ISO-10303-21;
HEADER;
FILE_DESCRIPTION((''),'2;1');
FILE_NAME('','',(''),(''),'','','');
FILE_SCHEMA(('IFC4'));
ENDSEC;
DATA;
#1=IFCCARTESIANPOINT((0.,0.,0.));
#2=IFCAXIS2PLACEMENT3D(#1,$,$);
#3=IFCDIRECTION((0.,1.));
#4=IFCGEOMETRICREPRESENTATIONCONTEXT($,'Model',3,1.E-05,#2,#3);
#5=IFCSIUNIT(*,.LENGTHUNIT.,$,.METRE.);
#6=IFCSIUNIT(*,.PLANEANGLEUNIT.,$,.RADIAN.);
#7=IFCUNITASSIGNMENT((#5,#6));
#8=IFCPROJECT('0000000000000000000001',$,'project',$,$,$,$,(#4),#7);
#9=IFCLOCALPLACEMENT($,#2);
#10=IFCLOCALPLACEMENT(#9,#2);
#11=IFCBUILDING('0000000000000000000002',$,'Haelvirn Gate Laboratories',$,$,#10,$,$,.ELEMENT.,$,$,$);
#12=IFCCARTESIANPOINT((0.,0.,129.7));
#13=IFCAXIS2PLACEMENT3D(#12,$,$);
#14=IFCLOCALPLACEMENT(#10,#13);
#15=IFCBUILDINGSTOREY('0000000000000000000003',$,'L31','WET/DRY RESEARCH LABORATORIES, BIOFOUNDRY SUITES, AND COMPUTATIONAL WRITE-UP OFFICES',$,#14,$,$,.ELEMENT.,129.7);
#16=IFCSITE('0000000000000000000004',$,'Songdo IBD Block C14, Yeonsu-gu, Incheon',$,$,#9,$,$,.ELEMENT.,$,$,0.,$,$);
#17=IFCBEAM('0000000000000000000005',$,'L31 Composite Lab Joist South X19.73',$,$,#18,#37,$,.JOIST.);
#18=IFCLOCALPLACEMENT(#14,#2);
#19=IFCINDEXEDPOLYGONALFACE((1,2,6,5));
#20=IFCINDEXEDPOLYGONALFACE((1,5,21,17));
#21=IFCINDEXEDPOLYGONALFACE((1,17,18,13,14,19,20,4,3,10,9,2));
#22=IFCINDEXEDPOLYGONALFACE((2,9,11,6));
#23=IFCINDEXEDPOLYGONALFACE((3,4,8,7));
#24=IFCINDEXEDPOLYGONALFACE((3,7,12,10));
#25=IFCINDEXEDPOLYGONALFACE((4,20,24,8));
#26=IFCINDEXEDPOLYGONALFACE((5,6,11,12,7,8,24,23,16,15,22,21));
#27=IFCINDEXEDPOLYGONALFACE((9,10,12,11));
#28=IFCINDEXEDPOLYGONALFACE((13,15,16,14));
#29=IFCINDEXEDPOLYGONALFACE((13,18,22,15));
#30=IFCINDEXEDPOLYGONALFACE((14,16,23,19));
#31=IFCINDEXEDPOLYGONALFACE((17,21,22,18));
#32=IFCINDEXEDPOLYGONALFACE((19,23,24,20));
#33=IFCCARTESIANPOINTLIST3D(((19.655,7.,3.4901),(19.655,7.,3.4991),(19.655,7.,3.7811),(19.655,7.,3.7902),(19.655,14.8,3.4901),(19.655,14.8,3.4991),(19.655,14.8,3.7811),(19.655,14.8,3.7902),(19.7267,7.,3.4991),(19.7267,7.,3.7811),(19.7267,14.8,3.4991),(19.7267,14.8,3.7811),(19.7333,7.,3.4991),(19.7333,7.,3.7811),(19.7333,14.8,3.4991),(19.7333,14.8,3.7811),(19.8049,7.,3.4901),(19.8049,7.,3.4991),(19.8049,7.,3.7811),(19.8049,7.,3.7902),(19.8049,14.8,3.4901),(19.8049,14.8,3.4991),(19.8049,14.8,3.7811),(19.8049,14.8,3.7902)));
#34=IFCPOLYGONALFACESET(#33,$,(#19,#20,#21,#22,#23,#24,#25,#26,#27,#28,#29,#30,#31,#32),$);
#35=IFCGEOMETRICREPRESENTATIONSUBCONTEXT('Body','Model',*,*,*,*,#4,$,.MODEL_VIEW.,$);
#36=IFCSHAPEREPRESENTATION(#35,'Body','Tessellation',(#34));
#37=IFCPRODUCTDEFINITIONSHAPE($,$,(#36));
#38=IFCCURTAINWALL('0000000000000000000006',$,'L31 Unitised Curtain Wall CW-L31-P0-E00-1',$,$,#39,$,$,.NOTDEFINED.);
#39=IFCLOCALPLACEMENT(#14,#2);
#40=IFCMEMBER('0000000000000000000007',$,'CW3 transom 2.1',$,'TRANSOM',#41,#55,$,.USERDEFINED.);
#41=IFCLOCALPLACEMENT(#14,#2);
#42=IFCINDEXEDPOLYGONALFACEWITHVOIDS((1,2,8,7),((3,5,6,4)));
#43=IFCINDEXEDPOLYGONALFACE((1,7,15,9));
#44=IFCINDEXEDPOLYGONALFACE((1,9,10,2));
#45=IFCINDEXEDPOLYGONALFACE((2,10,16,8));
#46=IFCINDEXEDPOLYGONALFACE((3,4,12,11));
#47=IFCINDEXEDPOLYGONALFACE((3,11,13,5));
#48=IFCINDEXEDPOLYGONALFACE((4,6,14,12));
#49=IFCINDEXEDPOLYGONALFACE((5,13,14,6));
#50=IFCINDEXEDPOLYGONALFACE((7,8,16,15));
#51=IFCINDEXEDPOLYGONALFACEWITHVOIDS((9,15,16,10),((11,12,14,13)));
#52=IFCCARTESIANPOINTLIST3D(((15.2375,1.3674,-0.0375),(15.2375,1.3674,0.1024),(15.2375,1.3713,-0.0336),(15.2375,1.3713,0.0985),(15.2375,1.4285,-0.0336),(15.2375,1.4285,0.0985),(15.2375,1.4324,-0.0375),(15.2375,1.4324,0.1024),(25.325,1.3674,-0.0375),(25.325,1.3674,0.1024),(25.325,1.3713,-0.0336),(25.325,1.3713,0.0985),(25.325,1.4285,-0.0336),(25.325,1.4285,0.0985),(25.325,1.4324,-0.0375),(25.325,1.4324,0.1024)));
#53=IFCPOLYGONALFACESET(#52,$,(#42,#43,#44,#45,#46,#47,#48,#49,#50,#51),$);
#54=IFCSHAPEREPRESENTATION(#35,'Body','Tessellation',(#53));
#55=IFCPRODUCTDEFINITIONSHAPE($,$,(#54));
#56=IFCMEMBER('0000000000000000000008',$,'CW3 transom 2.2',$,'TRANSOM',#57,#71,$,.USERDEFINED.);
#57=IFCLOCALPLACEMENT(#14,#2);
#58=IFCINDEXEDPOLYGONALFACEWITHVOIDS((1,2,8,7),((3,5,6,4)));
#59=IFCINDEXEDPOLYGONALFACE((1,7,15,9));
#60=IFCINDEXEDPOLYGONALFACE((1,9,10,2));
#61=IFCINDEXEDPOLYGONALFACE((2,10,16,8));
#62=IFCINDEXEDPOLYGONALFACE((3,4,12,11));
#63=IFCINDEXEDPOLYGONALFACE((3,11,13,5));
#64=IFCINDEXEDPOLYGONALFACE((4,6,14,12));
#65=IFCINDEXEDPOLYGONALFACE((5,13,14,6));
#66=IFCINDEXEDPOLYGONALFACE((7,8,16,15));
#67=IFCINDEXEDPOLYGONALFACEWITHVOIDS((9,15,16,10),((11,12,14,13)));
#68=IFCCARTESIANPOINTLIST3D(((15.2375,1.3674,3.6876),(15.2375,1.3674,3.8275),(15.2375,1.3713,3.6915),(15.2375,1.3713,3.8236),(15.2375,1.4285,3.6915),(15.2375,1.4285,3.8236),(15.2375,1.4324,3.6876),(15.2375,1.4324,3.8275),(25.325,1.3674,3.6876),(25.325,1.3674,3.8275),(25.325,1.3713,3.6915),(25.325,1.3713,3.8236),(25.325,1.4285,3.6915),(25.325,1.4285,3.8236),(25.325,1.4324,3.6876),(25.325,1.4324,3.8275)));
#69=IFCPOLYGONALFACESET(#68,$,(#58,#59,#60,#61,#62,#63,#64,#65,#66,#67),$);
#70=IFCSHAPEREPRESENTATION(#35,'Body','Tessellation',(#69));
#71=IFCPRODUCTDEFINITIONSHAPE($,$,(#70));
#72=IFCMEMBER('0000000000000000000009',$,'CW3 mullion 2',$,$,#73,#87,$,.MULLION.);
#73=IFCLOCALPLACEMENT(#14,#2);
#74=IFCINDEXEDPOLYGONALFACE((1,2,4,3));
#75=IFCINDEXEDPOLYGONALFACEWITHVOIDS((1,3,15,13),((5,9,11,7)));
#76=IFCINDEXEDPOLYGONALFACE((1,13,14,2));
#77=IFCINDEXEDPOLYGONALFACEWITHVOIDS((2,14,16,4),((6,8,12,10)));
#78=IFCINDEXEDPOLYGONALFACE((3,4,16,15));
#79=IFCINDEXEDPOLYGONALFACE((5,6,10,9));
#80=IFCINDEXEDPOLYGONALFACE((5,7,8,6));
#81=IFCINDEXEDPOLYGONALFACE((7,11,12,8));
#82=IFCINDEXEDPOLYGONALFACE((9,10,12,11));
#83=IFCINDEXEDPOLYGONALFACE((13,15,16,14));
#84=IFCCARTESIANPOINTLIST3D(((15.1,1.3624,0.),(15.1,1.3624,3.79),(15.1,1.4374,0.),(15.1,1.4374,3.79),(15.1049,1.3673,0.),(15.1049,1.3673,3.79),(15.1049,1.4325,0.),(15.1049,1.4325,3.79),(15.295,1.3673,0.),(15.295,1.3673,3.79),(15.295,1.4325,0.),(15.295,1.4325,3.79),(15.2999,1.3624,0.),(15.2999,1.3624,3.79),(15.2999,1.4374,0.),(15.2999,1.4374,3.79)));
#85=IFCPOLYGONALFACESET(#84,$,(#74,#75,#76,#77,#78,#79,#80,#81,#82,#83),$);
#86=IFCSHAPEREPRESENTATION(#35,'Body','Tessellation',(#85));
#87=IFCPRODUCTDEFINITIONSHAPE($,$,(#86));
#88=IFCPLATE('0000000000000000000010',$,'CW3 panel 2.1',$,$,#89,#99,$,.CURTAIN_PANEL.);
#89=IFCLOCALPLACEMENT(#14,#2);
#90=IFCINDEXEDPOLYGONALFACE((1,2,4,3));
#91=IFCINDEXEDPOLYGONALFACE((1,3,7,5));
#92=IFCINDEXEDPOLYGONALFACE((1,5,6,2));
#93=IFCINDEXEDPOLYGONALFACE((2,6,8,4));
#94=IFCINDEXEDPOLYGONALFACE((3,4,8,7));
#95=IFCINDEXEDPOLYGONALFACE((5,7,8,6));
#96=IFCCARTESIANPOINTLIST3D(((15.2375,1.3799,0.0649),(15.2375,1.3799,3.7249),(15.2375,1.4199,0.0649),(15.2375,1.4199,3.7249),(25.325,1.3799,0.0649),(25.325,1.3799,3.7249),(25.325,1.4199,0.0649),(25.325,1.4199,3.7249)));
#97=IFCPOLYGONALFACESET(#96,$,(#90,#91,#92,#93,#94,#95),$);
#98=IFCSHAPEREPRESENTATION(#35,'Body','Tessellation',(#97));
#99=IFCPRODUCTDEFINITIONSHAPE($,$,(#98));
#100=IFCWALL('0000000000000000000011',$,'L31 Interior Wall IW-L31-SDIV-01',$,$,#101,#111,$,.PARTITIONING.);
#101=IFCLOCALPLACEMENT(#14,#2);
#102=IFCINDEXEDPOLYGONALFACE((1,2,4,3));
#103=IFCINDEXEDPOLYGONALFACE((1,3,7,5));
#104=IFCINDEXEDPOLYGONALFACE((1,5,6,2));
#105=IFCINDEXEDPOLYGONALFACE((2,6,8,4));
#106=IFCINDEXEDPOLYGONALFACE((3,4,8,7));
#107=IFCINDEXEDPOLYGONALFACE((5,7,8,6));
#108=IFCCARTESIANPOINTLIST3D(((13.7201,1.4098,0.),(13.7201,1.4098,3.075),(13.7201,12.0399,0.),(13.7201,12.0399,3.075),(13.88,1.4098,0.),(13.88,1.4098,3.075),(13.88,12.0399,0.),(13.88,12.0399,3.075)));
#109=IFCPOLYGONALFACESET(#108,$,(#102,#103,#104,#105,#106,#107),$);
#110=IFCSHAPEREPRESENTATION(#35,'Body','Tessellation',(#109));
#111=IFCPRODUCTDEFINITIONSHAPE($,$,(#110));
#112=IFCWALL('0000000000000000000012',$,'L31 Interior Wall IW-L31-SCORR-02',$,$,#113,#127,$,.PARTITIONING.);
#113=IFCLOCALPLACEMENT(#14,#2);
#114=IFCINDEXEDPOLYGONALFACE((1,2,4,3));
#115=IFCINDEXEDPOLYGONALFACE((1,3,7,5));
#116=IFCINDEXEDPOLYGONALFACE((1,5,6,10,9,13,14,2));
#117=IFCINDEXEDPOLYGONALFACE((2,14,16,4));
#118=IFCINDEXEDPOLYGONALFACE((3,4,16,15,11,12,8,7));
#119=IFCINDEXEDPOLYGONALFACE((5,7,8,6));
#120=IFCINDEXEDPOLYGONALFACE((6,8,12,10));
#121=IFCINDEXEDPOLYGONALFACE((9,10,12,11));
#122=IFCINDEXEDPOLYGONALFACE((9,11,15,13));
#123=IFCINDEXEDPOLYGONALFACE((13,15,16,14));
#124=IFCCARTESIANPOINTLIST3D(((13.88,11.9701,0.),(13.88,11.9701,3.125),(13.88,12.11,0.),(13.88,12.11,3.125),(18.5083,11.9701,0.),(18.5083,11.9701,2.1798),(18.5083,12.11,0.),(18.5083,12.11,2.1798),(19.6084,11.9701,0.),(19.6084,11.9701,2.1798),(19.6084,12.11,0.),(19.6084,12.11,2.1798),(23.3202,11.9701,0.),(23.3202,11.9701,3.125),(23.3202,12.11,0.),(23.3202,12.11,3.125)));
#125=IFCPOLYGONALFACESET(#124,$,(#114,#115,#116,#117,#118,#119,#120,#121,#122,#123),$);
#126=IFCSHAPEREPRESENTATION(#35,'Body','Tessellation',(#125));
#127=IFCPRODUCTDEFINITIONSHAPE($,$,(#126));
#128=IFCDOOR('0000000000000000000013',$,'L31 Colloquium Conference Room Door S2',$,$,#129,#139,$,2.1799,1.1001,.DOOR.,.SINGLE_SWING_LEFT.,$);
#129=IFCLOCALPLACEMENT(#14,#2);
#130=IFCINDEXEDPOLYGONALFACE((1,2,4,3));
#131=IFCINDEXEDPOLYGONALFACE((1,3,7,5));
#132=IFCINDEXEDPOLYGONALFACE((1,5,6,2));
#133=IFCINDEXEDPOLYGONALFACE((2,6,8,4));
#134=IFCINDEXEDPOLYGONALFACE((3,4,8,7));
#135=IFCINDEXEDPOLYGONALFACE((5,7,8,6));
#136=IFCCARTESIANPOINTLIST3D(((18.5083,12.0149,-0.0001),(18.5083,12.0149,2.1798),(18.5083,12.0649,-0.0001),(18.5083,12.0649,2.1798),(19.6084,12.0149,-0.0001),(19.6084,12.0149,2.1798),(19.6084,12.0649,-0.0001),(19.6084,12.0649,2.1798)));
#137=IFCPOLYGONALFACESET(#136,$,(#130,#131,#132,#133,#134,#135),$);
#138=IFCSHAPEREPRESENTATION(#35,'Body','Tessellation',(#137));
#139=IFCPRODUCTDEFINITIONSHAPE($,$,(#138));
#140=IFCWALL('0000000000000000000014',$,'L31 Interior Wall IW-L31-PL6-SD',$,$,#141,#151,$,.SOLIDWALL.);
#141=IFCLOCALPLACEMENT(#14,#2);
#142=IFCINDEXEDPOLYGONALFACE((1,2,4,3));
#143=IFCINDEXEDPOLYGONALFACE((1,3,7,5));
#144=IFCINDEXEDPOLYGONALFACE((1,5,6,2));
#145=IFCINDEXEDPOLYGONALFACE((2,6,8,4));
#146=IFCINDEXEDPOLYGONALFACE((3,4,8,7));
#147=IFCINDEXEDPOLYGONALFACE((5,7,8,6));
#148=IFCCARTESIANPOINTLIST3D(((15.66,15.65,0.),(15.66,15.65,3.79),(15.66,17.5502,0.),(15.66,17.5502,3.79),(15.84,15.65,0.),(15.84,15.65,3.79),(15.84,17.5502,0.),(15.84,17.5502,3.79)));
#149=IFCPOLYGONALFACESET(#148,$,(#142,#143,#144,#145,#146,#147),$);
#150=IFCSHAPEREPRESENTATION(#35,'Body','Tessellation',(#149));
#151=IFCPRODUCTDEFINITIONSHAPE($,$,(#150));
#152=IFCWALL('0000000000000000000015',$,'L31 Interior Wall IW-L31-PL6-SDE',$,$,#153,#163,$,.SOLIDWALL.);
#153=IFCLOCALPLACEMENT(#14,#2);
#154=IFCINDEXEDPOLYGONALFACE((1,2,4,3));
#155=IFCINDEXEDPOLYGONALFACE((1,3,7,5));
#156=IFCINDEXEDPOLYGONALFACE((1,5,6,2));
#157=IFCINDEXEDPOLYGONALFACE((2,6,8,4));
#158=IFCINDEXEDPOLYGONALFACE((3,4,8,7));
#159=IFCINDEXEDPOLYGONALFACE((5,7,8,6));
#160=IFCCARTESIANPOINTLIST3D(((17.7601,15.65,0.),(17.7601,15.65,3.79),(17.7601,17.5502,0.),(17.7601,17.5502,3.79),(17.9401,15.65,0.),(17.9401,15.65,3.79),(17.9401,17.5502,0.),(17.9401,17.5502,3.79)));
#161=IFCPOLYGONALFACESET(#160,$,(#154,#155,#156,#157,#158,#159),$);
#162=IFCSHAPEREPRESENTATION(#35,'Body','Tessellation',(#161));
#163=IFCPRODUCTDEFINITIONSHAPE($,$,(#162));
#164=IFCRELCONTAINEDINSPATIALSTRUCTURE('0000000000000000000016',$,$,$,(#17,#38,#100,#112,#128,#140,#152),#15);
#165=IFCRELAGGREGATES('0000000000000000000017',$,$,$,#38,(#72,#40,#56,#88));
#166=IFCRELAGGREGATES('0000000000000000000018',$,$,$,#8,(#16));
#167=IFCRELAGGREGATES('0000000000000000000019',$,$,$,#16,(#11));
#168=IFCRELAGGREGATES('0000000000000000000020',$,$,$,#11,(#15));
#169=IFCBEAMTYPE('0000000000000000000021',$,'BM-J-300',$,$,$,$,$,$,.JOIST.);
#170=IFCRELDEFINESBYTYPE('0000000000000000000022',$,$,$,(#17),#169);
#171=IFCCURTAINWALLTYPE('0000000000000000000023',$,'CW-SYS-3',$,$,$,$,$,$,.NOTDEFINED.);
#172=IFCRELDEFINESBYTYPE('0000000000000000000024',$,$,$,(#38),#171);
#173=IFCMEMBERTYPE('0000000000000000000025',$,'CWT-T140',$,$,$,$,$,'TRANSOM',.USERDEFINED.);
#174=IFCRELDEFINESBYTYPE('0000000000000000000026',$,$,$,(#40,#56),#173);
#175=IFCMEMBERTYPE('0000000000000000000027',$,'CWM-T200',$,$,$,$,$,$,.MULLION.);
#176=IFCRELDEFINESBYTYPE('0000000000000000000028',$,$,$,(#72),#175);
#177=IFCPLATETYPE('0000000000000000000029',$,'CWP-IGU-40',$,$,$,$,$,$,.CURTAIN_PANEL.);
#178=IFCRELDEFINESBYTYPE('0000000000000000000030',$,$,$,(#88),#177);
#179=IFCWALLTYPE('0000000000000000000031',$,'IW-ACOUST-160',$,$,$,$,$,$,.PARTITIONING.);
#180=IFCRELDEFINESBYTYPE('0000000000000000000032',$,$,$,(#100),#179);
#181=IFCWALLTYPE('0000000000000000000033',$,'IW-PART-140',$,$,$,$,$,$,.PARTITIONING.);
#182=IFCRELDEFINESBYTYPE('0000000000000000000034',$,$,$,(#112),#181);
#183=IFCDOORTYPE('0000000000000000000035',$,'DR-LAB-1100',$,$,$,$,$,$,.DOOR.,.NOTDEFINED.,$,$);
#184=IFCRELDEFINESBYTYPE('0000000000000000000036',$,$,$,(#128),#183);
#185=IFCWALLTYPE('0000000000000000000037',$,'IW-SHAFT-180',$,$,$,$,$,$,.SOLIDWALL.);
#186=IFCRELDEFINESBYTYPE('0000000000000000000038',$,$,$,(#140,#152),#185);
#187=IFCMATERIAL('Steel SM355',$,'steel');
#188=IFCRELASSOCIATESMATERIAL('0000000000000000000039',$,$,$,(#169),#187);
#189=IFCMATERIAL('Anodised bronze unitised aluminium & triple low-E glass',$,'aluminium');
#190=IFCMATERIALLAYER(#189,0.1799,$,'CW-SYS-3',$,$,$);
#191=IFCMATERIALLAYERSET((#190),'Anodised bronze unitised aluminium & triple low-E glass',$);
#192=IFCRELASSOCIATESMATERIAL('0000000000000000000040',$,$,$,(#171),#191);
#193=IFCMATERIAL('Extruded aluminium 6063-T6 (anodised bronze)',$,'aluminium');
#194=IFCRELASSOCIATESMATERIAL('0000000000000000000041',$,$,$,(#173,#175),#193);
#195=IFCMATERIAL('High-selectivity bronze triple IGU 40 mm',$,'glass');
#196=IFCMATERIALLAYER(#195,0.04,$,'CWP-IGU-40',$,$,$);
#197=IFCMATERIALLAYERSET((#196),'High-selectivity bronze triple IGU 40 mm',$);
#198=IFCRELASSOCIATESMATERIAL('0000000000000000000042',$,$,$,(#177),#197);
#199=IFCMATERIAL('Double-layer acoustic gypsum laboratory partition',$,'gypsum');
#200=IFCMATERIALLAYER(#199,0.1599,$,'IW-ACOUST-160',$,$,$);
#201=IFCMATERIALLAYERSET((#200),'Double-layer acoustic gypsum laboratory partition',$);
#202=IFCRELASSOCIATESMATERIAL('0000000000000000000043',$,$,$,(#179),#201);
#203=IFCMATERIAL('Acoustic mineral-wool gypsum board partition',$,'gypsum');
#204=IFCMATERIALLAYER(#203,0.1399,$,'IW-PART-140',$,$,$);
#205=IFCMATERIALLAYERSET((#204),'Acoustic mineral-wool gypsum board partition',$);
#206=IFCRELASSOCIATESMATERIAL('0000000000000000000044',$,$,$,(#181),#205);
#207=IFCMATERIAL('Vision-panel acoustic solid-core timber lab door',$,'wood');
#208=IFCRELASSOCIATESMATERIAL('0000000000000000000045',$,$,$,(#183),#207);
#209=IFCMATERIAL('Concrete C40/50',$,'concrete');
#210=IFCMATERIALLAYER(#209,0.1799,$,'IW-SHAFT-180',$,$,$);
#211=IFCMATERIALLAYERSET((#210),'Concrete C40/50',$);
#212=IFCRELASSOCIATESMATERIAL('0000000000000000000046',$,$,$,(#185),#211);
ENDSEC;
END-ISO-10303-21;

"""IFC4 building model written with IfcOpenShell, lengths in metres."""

from ifc_helpers import new_model, si_unit, direction, frame, frame_2d, origin, origin_2d, place, context, subcontext, project, spatial, rectangle, hollow_rectangle, i_section, extrude, source, transform, mapped, material, layer, layer_set, material_profile, profile_set, type_object, type_shapes, element, fill, aggregate, save


model = new_model("IFC4")

# Units and contexts
model_context = context("Model", 3, precision=1e-05, world=origin(), true_north=direction((0.0, 1.0)))
body_context = subcontext(model_context, "Body", "Model", "MODEL_VIEW")
ifc_project = project(units=[si_unit("LENGTHUNIT", "METRE"), si_unit("PLANEANGLEUNIT", "RADIAN")], contexts=[model_context])

# Site, building, storey
site_placement = place(None, origin())
site = spatial("IfcSite", under=ifc_project, at=site_placement, Name="Songdo IBD Block C14, Yeonsu-gu, Incheon", CompositionType="ELEMENT", RefElevation=0.0)
building_placement = place(site_placement, origin())
building = spatial("IfcBuilding", under=site, at=building_placement, Name="Haelvirn Gate Laboratories", CompositionType="ELEMENT")
storey_placement = place(building_placement, frame((0.0, 0.0, 129.7)))
storey = spatial("IfcBuildingStorey", under=building, at=storey_placement, Name="L31", Description="WET/DRY RESEARCH LABORATORIES, BIOFOUNDRY SUITES, AND COMPUTATIONAL WRITE-UP OFFICES", CompositionType="ELEMENT", Elevation=129.7)

# Beam
ifc_material_1 = material(Name="Steel SM355", Category="steel")
ifc_material_profile_1 = material_profile(ifc_material_1, i_section(OverallWidth=0.1499, OverallDepth=0.3, WebThickness=0.0066, FlangeThickness=0.009, at=origin_2d()), Name="H-300x150x6.5x9")
ifc_profile_set_1 = profile_set([ifc_material_profile_1], Name="Steel SM355")
beam_type_1 = type_object("IfcBeamType", Name="BM-J-300", PredefinedType="JOIST", material=ifc_profile_set_1)
shared_shape_1 = source(origin(), body_context, "Body", "SweptSolid", [
    extrude(i_section(OverallWidth=0.1499, OverallDepth=0.3, WebThickness=0.0066, FlangeThickness=0.009, at=origin_2d()), origin(), (0.0, 0.0, 1.0), 7.8),
])
type_shapes(beam_type_1, [shared_shape_1])
for number, where, z_axis, x_axis, name in (
    (1, (19.73, 7.0, 3.6401), (0.0, 1.0, 0.0), (-1.0, 0.0, 0.0), "L31 Composite Lab Joist South X19.73"),
):
    element("IfcBeam", number, at=place(storey_placement, frame(where, z_axis=z_axis, x_axis=x_axis)), inside=storey, type_object=beam_type_1, Name=name, PredefinedType="JOIST", context=body_context, shape_type="MappedRepresentation", body=[
        mapped(shared_shape_1, transform((0.0, 0.0, 0.0), scale=1.0)),
    ])

# Curtain wall, members, plate
ifc_material_2 = material(Name="Anodised bronze unitised aluminium & triple low-E glass", Category="aluminium")
ifc_layer_1 = layer(ifc_material_2, 0.1799, Name="CW-SYS-3")
ifc_layer_set_1 = layer_set([ifc_layer_1], Name="Anodised bronze unitised aluminium & triple low-E glass")
curtain_wall_type = type_object("IfcCurtainWallType", Name="CW-SYS-3", PredefinedType="NOTDEFINED", material=ifc_layer_set_1)
curtain_wall_placement = place(storey_placement, origin())
curtain_wall = element("IfcCurtainWall", 2, at=curtain_wall_placement, inside=storey, type_object=curtain_wall_type, Name="L31 Unitised Curtain Wall CW-L31-P0-E00-1", PredefinedType="NOTDEFINED")
ifc_material_3 = material(Name="Extruded aluminium 6063-T6 (anodised bronze)", Category="aluminium")
ifc_material_profile_2 = material_profile(ifc_material_3, hollow_rectangle(XDim=0.0649, YDim=0.1399, WallThickness=0.0039, at=origin_2d()), Name="CWT-140x65x4")
ifc_profile_set_2 = profile_set([ifc_material_profile_2], Name="Extruded aluminium 6063-T6 (anodised bronze)")
member_type_1 = type_object("IfcMemberType", Name="CWT-T140", ElementType="TRANSOM", PredefinedType="USERDEFINED", material=ifc_profile_set_2)
shared_shape_2 = source(origin(), body_context, "Body", "SweptSolid", [
    extrude(hollow_rectangle(XDim=0.0649, YDim=0.1399, WallThickness=0.0039, at=origin_2d()), origin(), (0.0, 0.0, 1.0), 10.0874),
])
type_shapes(member_type_1, [shared_shape_2])
member_1_placement = place(storey_placement, frame((15.2375, 1.3999, 0.0325), z_axis=(1.0, 0.0, 0.0), x_axis=(0.0, 1.0, 0.0)))
member_1 = element("IfcMember", 3, at=member_1_placement, type_object=member_type_1, Name="CW3 transom 2.1", ObjectType="TRANSOM", PredefinedType="USERDEFINED", context=body_context, shape_type="MappedRepresentation", body=[
    mapped(shared_shape_2, transform((0.0, 0.0, 0.0), scale=1.0)),
])
member_2_placement = place(storey_placement, frame((15.2375, 1.3999, 3.7576), z_axis=(1.0, 0.0, 0.0), x_axis=(0.0, 1.0, 0.0)))
member_2 = element("IfcMember", 4, at=member_2_placement, type_object=member_type_1, Name="CW3 transom 2.2", ObjectType="TRANSOM", PredefinedType="USERDEFINED", context=body_context, shape_type="MappedRepresentation", body=[
    mapped(shared_shape_2, transform((0.0, 0.0, 0.0), scale=1.0)),
])
ifc_material_profile_3 = material_profile(ifc_material_3, hollow_rectangle(XDim=0.075, YDim=0.2, WallThickness=0.0049, at=origin_2d()), Name="CWM-200x75x5")
ifc_profile_set_3 = profile_set([ifc_material_profile_3], Name="Extruded aluminium 6063-T6 (anodised bronze)")
member_type_2 = type_object("IfcMemberType", Name="CWM-T200", PredefinedType="MULLION", material=ifc_profile_set_3)
shared_shape_3 = source(origin(), body_context, "Body", "SweptSolid", [
    extrude(hollow_rectangle(XDim=0.075, YDim=0.2, WallThickness=0.0049, at=origin_2d()), origin(), (0.0, 0.0, 1.0), 3.79),
])
type_shapes(member_type_2, [shared_shape_3])
member_3_placement = place(storey_placement, frame((15.2, 1.3999, 0.0), z_axis=(0.0, 0.0, 1.0), x_axis=(0.0, 1.0, 0.0)))
member_3 = element("IfcMember", 5, at=member_3_placement, type_object=member_type_2, Name="CW3 mullion 2", PredefinedType="MULLION", context=body_context, shape_type="MappedRepresentation", body=[
    mapped(shared_shape_3, transform((0.0, 0.0, 0.0), scale=1.0)),
])
ifc_material_4 = material(Name="High-selectivity bronze triple IGU 40 mm", Category="glass")
ifc_layer_2 = layer(ifc_material_4, 0.04, Name="CWP-IGU-40")
ifc_layer_set_2 = layer_set([ifc_layer_2], Name="High-selectivity bronze triple IGU 40 mm")
plate_type = type_object("IfcPlateType", Name="CWP-IGU-40", PredefinedType="CURTAIN_PANEL", material=ifc_layer_set_2)
shared_shape_4 = source(origin(), body_context, "Body", "SweptSolid", [
    extrude(rectangle(XDim=10.0874, YDim=0.04, at=origin_2d()), origin(), (0.0, 0.0, 1.0), 3.6599),
])
type_shapes(plate_type, [shared_shape_4])
plate_placement = place(storey_placement, frame((20.2812, 1.3999, 0.0649), z_axis=(0.0, 0.0, 1.0), x_axis=(1.0, 0.0, 0.0)))
plate = element("IfcPlate", 6, at=plate_placement, type_object=plate_type, Name="CW3 panel 2.1", PredefinedType="CURTAIN_PANEL", context=body_context, shape_type="MappedRepresentation", body=[
    mapped(shared_shape_4, transform((0.0, 0.0, 0.0), scale=1.0)),
])
aggregate(curtain_wall, [member_3, member_1, member_2, plate])

# Wall
ifc_material_5 = material(Name="Double-layer acoustic gypsum laboratory partition", Category="gypsum")
ifc_layer_3 = layer(ifc_material_5, 0.1599, Name="IW-ACOUST-160")
ifc_layer_set_3 = layer_set([ifc_layer_3], Name="Double-layer acoustic gypsum laboratory partition")
wall_type_1 = type_object("IfcWallType", Name="IW-ACOUST-160", PredefinedType="PARTITIONING", material=ifc_layer_set_3)
wall_1_placement = place(storey_placement, frame((13.8, 1.4099, 0.0), z_axis=(0.0, 0.0, 1.0), x_axis=(0.0, 1.0, 0.0)))
element("IfcWall", 7, at=wall_1_placement, inside=storey, type_object=wall_type_1, Name="L31 Interior Wall IW-L31-SDIV-01", PredefinedType="PARTITIONING", context=body_context, shape_type="SweptSolid", body=[
    extrude(rectangle(XDim=10.6301, YDim=0.1599, at=frame_2d((5.3149, 0.0))), origin(), (0.0, 0.0, 1.0), 3.075),
])

# Wall, opening, door
ifc_material_6 = material(Name="Acoustic mineral-wool gypsum board partition", Category="gypsum")
ifc_layer_4 = layer(ifc_material_6, 0.1399, Name="IW-PART-140")
ifc_layer_set_4 = layer_set([ifc_layer_4], Name="Acoustic mineral-wool gypsum board partition")
wall_type_2 = type_object("IfcWallType", Name="IW-PART-140", PredefinedType="PARTITIONING", material=ifc_layer_set_4)
wall_2_placement = place(storey_placement, frame((13.8799, 12.04, 0.0), z_axis=(0.0, 0.0, 1.0), x_axis=(1.0, 0.0, 0.0)))
wall_2 = element("IfcWall", 8, at=wall_2_placement, inside=storey, type_object=wall_type_2, Name="L31 Interior Wall IW-L31-SCORR-02", PredefinedType="PARTITIONING", context=body_context, shape_type="SweptSolid", body=[
    extrude(rectangle(XDim=9.4402, YDim=0.1399, at=frame_2d((4.7202, 0.0))), origin(), (0.0, 0.0, 1.0), 3.125),
])
opening_1_placement = place(wall_2_placement, frame((4.6284, 0.0, 0.0)))
opening_1 = element("IfcOpeningElement", 9, at=opening_1_placement, cuts=wall_2, PredefinedType="OPENING", context=body_context, shape_type="SweptSolid", body=[
    extrude(rectangle(XDim=1.1001, YDim=2.1799, at=frame_2d((0.55, 1.0898))), frame((0.0, 0.0801, 0.0), z_axis=(0.0, -1.0, 0.0), x_axis=(1.0, 0.0, 0.0)), (0.0, 0.0, 1.0), 0.1599),
])
ifc_material_7 = material(Name="Vision-panel acoustic solid-core timber lab door", Category="wood")
door_type_1 = type_object("IfcDoorType", Name="DR-LAB-1100", OperationType="NOTDEFINED", PredefinedType="DOOR", material=ifc_material_7)
shared_shape_5 = source(origin(), body_context, "Body", "SweptSolid", [
    extrude(rectangle(XDim=1.1001, YDim=2.1799, at=frame_2d((0.55, 1.0898))), frame((0.0, 0.0249, 0.0), z_axis=(0.0, -1.0, 0.0), x_axis=(1.0, 0.0, 0.0)), (0.0, 0.0, 1.0), 0.05),
])
type_shapes(door_type_1, [shared_shape_5])
door_1_placement = place(opening_1_placement, origin())
door_1 = element("IfcDoor", 10, at=door_1_placement, inside=storey, type_object=door_type_1, Name="L31 Colloquium Conference Room Door S2", OperationType="SINGLE_SWING_LEFT", OverallHeight=2.1799, OverallWidth=1.1001, PredefinedType="DOOR", context=body_context, shape_type="MappedRepresentation", body=[
    mapped(shared_shape_5, transform((0.0, 0.0, 0.0), scale=1.0)),
])
fill(opening_1, door_1)

# Walls
ifc_material_8 = material(Name="Concrete C40/50", Category="concrete")
ifc_layer_5 = layer(ifc_material_8, 0.1799, Name="IW-SHAFT-180")
ifc_layer_set_5 = layer_set([ifc_layer_5], Name="Concrete C40/50")
wall_type_3 = type_object("IfcWallType", Name="IW-SHAFT-180", PredefinedType="SOLIDWALL", material=ifc_layer_set_5)
for number, where, z_axis, x_axis, name in (
    (11, (15.75, 15.6499, 0.0), (0.0, 0.0, 1.0), (0.0, 1.0, 0.0), "L31 Interior Wall IW-L31-PL6-SD"),
    (12, (17.8501, 15.6499, 0.0), (0.0, 0.0, 1.0), (0.0, 1.0, 0.0), "L31 Interior Wall IW-L31-PL6-SDE"),
):
    element("IfcWall", number, at=place(storey_placement, frame(where, z_axis=z_axis, x_axis=x_axis)), inside=storey, type_object=wall_type_3, Name=name, PredefinedType="SOLIDWALL", context=body_context, shape_type="SweptSolid", body=[
        extrude(rectangle(XDim=1.9001, YDim=0.1799, at=frame_2d((0.9502, 0.0))), origin(), (0.0, 0.0, 1.0), 3.79),
    ])

save(model, "model.ifc")
